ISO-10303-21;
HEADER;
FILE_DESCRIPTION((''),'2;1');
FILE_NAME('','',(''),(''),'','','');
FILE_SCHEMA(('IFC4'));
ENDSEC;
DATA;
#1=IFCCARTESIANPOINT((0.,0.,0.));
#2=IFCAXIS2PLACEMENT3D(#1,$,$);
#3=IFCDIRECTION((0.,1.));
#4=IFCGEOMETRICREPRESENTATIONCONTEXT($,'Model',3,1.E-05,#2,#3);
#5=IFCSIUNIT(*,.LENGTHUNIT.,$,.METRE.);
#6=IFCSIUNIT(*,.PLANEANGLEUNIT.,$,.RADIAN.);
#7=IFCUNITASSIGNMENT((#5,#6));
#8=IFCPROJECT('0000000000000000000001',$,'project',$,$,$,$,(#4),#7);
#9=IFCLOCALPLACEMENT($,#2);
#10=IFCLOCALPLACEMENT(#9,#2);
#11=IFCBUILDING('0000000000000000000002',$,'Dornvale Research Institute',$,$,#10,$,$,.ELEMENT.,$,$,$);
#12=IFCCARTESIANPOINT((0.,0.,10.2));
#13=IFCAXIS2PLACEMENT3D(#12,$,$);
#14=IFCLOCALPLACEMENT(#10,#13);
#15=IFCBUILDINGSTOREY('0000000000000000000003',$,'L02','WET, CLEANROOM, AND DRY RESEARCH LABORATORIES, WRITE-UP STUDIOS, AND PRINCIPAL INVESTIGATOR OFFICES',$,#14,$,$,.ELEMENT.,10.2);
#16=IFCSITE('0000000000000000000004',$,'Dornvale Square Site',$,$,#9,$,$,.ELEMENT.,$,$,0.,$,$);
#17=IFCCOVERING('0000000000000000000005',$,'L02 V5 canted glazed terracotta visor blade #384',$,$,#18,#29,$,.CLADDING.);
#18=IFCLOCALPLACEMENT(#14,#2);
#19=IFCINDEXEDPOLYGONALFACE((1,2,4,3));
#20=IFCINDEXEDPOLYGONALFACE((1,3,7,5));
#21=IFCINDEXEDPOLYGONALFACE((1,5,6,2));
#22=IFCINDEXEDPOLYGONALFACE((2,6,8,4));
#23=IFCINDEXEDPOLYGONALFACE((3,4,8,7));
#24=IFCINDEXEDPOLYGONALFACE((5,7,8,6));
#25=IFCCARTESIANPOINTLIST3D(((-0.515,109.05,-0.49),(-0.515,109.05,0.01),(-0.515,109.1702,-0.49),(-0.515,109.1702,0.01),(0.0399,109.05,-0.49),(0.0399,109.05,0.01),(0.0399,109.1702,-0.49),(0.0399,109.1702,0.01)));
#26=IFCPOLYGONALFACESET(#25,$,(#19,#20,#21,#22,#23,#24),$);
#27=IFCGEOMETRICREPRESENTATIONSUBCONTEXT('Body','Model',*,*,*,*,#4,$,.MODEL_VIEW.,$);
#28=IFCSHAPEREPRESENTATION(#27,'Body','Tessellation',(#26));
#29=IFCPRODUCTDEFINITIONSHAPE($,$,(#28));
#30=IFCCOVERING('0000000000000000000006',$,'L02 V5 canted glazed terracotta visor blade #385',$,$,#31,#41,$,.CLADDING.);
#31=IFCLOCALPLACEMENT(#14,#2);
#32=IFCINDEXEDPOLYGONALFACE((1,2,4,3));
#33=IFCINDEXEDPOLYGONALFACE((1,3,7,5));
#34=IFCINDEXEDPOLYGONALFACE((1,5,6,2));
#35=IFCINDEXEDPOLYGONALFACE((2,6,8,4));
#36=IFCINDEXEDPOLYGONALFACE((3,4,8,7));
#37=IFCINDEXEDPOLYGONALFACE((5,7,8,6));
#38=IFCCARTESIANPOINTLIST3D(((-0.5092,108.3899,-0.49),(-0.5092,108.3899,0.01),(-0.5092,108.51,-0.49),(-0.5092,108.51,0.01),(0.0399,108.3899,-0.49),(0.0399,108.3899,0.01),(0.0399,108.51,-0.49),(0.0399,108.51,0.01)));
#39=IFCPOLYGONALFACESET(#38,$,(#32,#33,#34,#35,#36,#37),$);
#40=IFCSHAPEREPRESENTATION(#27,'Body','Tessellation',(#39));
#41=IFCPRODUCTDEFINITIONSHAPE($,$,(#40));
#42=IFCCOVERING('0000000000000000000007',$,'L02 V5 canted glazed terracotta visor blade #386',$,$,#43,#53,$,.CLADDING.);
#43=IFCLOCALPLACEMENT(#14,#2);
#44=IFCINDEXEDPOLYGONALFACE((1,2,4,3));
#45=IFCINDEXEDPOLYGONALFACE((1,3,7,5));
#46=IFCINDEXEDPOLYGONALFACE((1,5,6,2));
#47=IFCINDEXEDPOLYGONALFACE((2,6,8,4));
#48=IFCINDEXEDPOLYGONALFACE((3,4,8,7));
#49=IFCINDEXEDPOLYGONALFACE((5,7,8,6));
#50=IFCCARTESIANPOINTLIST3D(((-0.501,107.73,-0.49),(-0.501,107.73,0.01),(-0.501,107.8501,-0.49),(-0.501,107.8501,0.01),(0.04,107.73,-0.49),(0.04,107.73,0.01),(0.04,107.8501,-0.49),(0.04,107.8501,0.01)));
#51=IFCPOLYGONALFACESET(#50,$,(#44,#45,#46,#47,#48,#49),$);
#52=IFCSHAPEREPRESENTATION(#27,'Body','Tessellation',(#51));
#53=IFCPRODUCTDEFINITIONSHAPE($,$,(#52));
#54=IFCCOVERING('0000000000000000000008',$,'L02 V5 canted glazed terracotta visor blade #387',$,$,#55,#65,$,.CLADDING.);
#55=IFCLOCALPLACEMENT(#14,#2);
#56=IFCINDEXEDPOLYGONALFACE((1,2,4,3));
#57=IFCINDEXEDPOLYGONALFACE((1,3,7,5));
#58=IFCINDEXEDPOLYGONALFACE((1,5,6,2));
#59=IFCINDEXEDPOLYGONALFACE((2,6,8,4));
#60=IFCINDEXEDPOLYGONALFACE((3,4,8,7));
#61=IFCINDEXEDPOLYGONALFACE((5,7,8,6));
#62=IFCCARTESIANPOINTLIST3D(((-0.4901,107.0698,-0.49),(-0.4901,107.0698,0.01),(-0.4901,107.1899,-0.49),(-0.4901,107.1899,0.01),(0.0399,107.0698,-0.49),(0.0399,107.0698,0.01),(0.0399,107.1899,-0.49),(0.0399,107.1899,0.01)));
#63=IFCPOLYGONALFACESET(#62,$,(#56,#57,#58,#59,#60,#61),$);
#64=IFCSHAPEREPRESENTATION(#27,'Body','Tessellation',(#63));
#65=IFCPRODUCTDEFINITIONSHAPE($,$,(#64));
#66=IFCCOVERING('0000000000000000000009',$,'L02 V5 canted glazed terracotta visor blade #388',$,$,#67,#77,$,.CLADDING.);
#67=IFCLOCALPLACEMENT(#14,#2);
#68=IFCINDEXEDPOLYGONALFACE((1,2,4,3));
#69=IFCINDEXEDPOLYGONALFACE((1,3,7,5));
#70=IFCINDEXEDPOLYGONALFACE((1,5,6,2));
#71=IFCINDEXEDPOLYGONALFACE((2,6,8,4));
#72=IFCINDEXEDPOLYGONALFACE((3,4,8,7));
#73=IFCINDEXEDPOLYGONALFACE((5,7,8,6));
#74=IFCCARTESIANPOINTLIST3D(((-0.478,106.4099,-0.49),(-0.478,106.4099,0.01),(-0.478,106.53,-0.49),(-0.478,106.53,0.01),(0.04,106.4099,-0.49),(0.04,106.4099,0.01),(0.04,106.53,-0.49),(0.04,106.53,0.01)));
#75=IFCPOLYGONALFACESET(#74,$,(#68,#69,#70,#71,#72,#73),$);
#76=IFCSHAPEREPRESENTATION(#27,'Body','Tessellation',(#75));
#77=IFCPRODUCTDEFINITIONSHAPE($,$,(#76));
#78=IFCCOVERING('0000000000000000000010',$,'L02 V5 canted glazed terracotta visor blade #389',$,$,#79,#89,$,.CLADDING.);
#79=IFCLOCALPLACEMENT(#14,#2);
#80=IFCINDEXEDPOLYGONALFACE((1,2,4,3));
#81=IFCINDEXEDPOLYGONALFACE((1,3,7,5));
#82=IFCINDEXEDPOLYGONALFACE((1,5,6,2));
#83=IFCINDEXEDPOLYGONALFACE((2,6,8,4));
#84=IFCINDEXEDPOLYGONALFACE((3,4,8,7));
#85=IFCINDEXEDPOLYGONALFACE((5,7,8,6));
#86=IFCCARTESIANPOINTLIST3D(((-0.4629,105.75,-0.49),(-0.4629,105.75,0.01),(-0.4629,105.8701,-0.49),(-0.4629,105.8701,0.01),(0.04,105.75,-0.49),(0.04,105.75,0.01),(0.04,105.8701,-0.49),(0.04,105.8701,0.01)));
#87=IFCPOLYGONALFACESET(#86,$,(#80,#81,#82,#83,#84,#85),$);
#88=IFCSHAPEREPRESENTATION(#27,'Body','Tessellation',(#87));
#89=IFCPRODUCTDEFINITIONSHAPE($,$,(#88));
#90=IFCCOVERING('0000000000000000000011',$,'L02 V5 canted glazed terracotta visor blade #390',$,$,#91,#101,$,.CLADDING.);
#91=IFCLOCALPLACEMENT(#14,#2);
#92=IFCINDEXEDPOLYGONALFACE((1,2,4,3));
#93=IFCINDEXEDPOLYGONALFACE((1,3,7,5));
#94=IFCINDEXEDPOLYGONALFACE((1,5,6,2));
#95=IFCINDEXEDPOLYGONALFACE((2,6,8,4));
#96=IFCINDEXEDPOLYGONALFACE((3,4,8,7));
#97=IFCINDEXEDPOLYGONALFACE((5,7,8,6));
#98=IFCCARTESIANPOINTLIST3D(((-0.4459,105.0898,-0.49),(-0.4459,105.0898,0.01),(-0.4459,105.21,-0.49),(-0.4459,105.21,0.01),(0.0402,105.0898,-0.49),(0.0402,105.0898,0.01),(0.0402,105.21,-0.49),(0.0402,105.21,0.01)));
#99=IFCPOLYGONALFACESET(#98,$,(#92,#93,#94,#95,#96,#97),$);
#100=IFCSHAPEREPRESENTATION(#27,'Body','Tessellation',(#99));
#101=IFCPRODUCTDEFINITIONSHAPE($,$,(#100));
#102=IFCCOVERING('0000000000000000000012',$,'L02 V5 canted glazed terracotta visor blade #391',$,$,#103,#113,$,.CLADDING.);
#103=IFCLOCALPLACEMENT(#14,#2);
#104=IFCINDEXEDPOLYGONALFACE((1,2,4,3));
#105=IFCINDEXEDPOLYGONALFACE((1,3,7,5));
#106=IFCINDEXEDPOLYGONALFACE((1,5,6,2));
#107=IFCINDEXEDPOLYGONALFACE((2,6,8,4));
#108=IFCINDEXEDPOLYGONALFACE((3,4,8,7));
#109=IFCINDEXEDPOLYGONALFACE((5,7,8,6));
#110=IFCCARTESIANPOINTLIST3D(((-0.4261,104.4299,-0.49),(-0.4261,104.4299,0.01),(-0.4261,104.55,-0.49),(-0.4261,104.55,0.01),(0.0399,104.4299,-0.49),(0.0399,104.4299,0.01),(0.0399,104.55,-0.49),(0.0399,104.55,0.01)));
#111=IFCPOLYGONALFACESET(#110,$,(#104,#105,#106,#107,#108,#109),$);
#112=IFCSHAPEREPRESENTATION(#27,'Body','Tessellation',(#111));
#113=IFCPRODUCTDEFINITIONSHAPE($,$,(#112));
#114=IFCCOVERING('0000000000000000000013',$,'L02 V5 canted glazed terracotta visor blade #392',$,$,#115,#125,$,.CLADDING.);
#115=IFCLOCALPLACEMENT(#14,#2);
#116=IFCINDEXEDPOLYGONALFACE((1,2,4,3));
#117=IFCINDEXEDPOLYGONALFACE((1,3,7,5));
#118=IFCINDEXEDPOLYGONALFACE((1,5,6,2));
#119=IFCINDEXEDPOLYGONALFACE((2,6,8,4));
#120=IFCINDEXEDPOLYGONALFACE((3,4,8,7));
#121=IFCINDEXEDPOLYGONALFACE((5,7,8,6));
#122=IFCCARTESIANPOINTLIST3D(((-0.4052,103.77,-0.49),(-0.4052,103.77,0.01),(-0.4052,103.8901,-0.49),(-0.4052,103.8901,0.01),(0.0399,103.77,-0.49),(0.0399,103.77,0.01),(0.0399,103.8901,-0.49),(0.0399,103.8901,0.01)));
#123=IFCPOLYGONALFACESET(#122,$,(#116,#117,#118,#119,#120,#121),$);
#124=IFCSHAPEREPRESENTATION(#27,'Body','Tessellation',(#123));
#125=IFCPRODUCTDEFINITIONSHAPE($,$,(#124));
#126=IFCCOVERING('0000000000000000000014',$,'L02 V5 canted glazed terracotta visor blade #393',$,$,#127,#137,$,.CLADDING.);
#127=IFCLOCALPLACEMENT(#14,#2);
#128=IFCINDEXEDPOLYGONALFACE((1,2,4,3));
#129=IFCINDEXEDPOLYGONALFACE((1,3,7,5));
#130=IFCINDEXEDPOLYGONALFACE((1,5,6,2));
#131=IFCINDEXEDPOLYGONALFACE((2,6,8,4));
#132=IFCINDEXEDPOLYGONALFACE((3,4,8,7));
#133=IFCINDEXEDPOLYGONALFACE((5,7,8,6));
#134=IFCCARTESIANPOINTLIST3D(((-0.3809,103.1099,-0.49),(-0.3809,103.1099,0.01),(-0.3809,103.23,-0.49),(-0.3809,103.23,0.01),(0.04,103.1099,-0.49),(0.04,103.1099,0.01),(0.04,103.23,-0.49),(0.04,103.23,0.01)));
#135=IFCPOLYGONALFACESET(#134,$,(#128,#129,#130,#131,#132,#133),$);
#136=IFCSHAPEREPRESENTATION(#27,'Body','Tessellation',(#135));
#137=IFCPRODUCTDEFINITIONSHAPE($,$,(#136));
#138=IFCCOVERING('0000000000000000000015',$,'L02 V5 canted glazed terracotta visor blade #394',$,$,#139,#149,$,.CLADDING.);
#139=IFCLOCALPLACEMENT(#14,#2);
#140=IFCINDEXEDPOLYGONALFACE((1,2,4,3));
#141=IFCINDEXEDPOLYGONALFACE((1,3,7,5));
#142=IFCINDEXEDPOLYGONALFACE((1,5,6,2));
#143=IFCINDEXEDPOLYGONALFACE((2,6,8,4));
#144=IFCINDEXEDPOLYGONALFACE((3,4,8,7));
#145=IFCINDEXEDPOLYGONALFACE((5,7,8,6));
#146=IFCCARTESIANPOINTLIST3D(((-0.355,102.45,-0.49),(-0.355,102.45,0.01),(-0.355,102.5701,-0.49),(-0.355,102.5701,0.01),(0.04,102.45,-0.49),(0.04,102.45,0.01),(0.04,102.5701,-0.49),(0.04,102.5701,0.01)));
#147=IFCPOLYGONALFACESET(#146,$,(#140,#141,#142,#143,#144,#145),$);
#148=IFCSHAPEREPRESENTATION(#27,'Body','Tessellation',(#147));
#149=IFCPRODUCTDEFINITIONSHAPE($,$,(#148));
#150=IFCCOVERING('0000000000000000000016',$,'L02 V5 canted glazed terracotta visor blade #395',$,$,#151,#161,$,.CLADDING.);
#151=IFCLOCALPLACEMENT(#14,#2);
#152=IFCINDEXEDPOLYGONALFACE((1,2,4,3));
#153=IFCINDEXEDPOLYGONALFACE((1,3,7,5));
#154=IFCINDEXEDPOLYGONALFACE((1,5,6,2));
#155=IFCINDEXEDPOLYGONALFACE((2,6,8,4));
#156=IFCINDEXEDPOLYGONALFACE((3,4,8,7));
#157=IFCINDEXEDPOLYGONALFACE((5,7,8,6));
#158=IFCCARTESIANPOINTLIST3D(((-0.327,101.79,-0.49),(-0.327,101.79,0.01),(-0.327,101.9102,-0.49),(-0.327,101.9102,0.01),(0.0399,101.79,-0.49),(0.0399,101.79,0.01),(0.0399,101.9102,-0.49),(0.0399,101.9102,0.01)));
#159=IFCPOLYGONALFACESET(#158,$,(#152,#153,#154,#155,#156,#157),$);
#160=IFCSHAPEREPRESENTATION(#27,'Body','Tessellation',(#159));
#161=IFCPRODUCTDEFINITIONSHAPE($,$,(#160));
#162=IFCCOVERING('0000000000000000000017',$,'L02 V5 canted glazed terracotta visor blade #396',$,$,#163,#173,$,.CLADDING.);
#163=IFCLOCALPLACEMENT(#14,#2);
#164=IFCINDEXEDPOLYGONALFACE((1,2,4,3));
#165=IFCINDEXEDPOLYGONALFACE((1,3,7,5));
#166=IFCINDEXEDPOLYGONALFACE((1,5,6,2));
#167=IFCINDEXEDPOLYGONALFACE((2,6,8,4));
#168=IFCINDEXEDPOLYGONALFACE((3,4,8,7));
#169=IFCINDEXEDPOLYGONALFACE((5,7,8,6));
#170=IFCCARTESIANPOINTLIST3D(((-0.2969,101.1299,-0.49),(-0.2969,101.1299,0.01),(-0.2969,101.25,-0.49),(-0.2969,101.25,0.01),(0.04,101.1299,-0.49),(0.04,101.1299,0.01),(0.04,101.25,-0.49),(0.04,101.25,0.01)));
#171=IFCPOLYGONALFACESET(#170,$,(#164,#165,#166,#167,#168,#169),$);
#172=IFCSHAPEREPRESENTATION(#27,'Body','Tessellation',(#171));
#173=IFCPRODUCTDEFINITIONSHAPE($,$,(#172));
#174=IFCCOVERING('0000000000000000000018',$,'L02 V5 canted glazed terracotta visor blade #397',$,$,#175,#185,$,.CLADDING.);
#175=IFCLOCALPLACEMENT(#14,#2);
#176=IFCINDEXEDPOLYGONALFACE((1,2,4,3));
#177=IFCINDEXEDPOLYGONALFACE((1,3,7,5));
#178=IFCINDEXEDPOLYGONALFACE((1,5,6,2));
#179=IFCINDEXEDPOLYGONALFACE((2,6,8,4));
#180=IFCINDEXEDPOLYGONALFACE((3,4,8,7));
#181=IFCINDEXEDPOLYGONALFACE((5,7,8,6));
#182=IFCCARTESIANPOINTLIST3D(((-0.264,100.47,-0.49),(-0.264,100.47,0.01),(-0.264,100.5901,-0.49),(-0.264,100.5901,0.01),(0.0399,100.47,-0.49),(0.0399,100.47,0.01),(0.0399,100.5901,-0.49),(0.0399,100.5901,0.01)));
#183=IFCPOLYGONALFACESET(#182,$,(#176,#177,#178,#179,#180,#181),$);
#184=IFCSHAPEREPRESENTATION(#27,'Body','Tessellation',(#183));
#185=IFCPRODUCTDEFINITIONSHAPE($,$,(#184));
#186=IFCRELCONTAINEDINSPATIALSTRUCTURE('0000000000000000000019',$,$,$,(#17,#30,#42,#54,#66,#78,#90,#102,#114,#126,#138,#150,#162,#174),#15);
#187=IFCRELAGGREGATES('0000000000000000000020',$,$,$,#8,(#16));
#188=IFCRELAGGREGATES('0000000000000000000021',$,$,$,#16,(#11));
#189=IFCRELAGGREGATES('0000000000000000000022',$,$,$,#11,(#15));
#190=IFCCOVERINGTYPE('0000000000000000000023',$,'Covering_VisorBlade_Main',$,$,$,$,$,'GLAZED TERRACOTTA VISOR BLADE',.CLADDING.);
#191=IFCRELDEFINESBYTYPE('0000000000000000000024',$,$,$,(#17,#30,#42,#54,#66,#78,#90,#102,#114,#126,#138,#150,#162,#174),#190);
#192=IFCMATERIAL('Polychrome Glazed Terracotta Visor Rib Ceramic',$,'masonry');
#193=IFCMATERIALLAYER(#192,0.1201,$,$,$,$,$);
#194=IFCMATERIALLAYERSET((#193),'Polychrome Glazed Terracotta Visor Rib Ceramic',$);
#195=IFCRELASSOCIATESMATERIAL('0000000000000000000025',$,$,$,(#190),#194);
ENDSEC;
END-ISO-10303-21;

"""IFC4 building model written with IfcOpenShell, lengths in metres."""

from ifc_helpers import new_model, si_unit, direction, frame, origin, origin_2d, place, context, subcontext, project, spatial, rectangle, extrude, material, layer, layer_set, type_object, element, save


model = new_model("IFC4")

# Units and contexts
model_context = context("Model", 3, precision=1e-05, world=origin(), true_north=direction((0.0, 1.0)))
body_context = subcontext(model_context, "Body", "Model", "MODEL_VIEW")
ifc_project = project(units=[si_unit("LENGTHUNIT", "METRE"), si_unit("PLANEANGLEUNIT", "RADIAN")], contexts=[model_context])

# Site, building, storey
site_placement = place(None, origin())
site = spatial("IfcSite", under=ifc_project, at=site_placement, Name="Dornvale Square Site", CompositionType="ELEMENT", RefElevation=0.0)
building_placement = place(site_placement, origin())
building = spatial("IfcBuilding", under=site, at=building_placement, Name="Dornvale Research Institute", CompositionType="ELEMENT")
storey_placement = place(building_placement, frame((0.0, 0.0, 10.2)))
storey = spatial("IfcBuildingStorey", under=building, at=storey_placement, Name="L02", Description="WET, CLEANROOM, AND DRY RESEARCH LABORATORIES, WRITE-UP STUDIOS, AND PRINCIPAL INVESTIGATOR OFFICES", CompositionType="ELEMENT", Elevation=10.2)

# Coverings
ifc_material_1 = material(Name="Polychrome Glazed Terracotta Visor Rib Ceramic", Category="masonry")
ifc_layer_1 = layer(ifc_material_1, 0.1201)
ifc_layer_set_1 = layer_set([ifc_layer_1], Name="Polychrome Glazed Terracotta Visor Rib Ceramic")
covering_type = type_object("IfcCoveringType", Name="Covering_VisorBlade_Main", ElementType="GLAZED TERRACOTTA VISOR BLADE", PredefinedType="CLADDING", material=ifc_layer_set_1)
covering_1_placement = place(storey_placement, frame((-0.2375, 109.1101, -0.49), z_axis=(0.0, 0.0, 1.0), x_axis=(1.0, 0.0, 0.0)))
element("IfcCovering", 1, at=covering_1_placement, inside=storey, type_object=covering_type, Name="L02 V5 canted glazed terracotta visor blade #384", PredefinedType="CLADDING", context=body_context, shape_type="SweptSolid", body=[
    extrude(rectangle(XDim=0.5549, YDim=0.1201, at=origin_2d()), origin(), (0.0, 0.0, 1.0), 0.5),
])
covering_2_placement = place(storey_placement, frame((-0.2346, 108.45, -0.49), z_axis=(0.0, 0.0, 1.0), x_axis=(1.0, 0.0, 0.0)))
element("IfcCovering", 2, at=covering_2_placement, inside=storey, type_object=covering_type, Name="L02 V5 canted glazed terracotta visor blade #385", PredefinedType="CLADDING", context=body_context, shape_type="SweptSolid", body=[
    extrude(rectangle(XDim=0.5491, YDim=0.1201, at=origin_2d()), origin(), (0.0, 0.0, 1.0), 0.5),
])
covering_3_placement = place(storey_placement, frame((-0.2305, 107.79, -0.49), z_axis=(0.0, 0.0, 1.0), x_axis=(1.0, 0.0, 0.0)))
element("IfcCovering", 3, at=covering_3_placement, inside=storey, type_object=covering_type, Name="L02 V5 canted glazed terracotta visor blade #386", PredefinedType="CLADDING", context=body_context, shape_type="SweptSolid", body=[
    extrude(rectangle(XDim=0.541, YDim=0.1201, at=origin_2d()), origin(), (0.0, 0.0, 1.0), 0.5),
])
covering_4_placement = place(storey_placement, frame((-0.2251, 107.1299, -0.49), z_axis=(0.0, 0.0, 1.0), x_axis=(1.0, 0.0, 0.0)))
element("IfcCovering", 4, at=covering_4_placement, inside=storey, type_object=covering_type, Name="L02 V5 canted glazed terracotta visor blade #387", PredefinedType="CLADDING", context=body_context, shape_type="SweptSolid", body=[
    extrude(rectangle(XDim=0.53, YDim=0.1201, at=origin_2d()), origin(), (0.0, 0.0, 1.0), 0.5),
])
covering_5_placement = place(storey_placement, frame((-0.219, 106.47, -0.49), z_axis=(0.0, 0.0, 1.0), x_axis=(1.0, 0.0, 0.0)))
element("IfcCovering", 5, at=covering_5_placement, inside=storey, type_object=covering_type, Name="L02 V5 canted glazed terracotta visor blade #388", PredefinedType="CLADDING", context=body_context, shape_type="SweptSolid", body=[
    extrude(rectangle(XDim=0.5181, YDim=0.1201, at=origin_2d()), origin(), (0.0, 0.0, 1.0), 0.5),
])
covering_6_placement = place(storey_placement, frame((-0.2114, 105.8101, -0.49), z_axis=(0.0, 0.0, 1.0), x_axis=(1.0, 0.0, 0.0)))
element("IfcCovering", 6, at=covering_6_placement, inside=storey, type_object=covering_type, Name="L02 V5 canted glazed terracotta visor blade #389", PredefinedType="CLADDING", context=body_context, shape_type="SweptSolid", body=[
    extrude(rectangle(XDim=0.5029, YDim=0.1201, at=origin_2d()), origin(), (0.0, 0.0, 1.0), 0.5),
])
covering_7_placement = place(storey_placement, frame((-0.2029, 105.1499, -0.49), z_axis=(0.0, 0.0, 1.0), x_axis=(1.0, 0.0, 0.0)))
element("IfcCovering", 7, at=covering_7_placement, inside=storey, type_object=covering_type, Name="L02 V5 canted glazed terracotta visor blade #390", PredefinedType="CLADDING", context=body_context, shape_type="SweptSolid", body=[
    extrude(rectangle(XDim=0.4861, YDim=0.1201, at=origin_2d()), origin(), (0.0, 0.0, 1.0), 0.5),
])
covering_8_placement = place(storey_placement, frame((-0.1931, 104.49, -0.49), z_axis=(0.0, 0.0, 1.0), x_axis=(1.0, 0.0, 0.0)))
element("IfcCovering", 8, at=covering_8_placement, inside=storey, type_object=covering_type, Name="L02 V5 canted glazed terracotta visor blade #391", PredefinedType="CLADDING", context=body_context, shape_type="SweptSolid", body=[
    extrude(rectangle(XDim=0.4661, YDim=0.1201, at=origin_2d()), origin(), (0.0, 0.0, 1.0), 0.5),
])
covering_9_placement = place(storey_placement, frame((-0.1826, 103.8301, -0.49), z_axis=(0.0, 0.0, 1.0), x_axis=(1.0, 0.0, 0.0)))
element("IfcCovering", 9, at=covering_9_placement, inside=storey, type_object=covering_type, Name="L02 V5 canted glazed terracotta visor blade #392", PredefinedType="CLADDING", context=body_context, shape_type="SweptSolid", body=[
    extrude(rectangle(XDim=0.4451, YDim=0.1201, at=origin_2d()), origin(), (0.0, 0.0, 1.0), 0.5),
])
covering_10_placement = place(storey_placement, frame((-0.1704, 103.1699, -0.49), z_axis=(0.0, 0.0, 1.0), x_axis=(1.0, 0.0, 0.0)))
element("IfcCovering", 10, at=covering_10_placement, inside=storey, type_object=covering_type, Name="L02 V5 canted glazed terracotta visor blade #393", PredefinedType="CLADDING", context=body_context, shape_type="SweptSolid", body=[
    extrude(rectangle(XDim=0.4209, YDim=0.1201, at=origin_2d()), origin(), (0.0, 0.0, 1.0), 0.5),
])
covering_11_placement = place(storey_placement, frame((-0.1575, 102.51, -0.49), z_axis=(0.0, 0.0, 1.0), x_axis=(1.0, 0.0, 0.0)))
element("IfcCovering", 11, at=covering_11_placement, inside=storey, type_object=covering_type, Name="L02 V5 canted glazed terracotta visor blade #394", PredefinedType="CLADDING", context=body_context, shape_type="SweptSolid", body=[
    extrude(rectangle(XDim=0.395, YDim=0.1201, at=origin_2d()), origin(), (0.0, 0.0, 1.0), 0.5),
])
covering_12_placement = place(storey_placement, frame((-0.1436, 101.8501, -0.49), z_axis=(0.0, 0.0, 1.0), x_axis=(1.0, 0.0, 0.0)))
element("IfcCovering", 12, at=covering_12_placement, inside=storey, type_object=covering_type, Name="L02 V5 canted glazed terracotta visor blade #395", PredefinedType="CLADDING", context=body_context, shape_type="SweptSolid", body=[
    extrude(rectangle(XDim=0.3669, YDim=0.1201, at=origin_2d()), origin(), (0.0, 0.0, 1.0), 0.5),
])
covering_13_placement = place(storey_placement, frame((-0.1284, 101.1899, -0.49), z_axis=(0.0, 0.0, 1.0), x_axis=(1.0, 0.0, 0.0)))
element("IfcCovering", 13, at=covering_13_placement, inside=storey, type_object=covering_type, Name="L02 V5 canted glazed terracotta visor blade #396", PredefinedType="CLADDING", context=body_context, shape_type="SweptSolid", body=[
    extrude(rectangle(XDim=0.3369, YDim=0.1201, at=origin_2d()), origin(), (0.0, 0.0, 1.0), 0.5),
])
covering_14_placement = place(storey_placement, frame((-0.1121, 100.53, -0.49), z_axis=(0.0, 0.0, 1.0), x_axis=(1.0, 0.0, 0.0)))
element("IfcCovering", 14, at=covering_14_placement, inside=storey, type_object=covering_type, Name="L02 V5 canted glazed terracotta visor blade #397", PredefinedType="CLADDING", context=body_context, shape_type="SweptSolid", body=[
    extrude(rectangle(XDim=0.304, YDim=0.1201, at=origin_2d()), origin(), (0.0, 0.0, 1.0), 0.5),
])

save(model, "model.ifc")
